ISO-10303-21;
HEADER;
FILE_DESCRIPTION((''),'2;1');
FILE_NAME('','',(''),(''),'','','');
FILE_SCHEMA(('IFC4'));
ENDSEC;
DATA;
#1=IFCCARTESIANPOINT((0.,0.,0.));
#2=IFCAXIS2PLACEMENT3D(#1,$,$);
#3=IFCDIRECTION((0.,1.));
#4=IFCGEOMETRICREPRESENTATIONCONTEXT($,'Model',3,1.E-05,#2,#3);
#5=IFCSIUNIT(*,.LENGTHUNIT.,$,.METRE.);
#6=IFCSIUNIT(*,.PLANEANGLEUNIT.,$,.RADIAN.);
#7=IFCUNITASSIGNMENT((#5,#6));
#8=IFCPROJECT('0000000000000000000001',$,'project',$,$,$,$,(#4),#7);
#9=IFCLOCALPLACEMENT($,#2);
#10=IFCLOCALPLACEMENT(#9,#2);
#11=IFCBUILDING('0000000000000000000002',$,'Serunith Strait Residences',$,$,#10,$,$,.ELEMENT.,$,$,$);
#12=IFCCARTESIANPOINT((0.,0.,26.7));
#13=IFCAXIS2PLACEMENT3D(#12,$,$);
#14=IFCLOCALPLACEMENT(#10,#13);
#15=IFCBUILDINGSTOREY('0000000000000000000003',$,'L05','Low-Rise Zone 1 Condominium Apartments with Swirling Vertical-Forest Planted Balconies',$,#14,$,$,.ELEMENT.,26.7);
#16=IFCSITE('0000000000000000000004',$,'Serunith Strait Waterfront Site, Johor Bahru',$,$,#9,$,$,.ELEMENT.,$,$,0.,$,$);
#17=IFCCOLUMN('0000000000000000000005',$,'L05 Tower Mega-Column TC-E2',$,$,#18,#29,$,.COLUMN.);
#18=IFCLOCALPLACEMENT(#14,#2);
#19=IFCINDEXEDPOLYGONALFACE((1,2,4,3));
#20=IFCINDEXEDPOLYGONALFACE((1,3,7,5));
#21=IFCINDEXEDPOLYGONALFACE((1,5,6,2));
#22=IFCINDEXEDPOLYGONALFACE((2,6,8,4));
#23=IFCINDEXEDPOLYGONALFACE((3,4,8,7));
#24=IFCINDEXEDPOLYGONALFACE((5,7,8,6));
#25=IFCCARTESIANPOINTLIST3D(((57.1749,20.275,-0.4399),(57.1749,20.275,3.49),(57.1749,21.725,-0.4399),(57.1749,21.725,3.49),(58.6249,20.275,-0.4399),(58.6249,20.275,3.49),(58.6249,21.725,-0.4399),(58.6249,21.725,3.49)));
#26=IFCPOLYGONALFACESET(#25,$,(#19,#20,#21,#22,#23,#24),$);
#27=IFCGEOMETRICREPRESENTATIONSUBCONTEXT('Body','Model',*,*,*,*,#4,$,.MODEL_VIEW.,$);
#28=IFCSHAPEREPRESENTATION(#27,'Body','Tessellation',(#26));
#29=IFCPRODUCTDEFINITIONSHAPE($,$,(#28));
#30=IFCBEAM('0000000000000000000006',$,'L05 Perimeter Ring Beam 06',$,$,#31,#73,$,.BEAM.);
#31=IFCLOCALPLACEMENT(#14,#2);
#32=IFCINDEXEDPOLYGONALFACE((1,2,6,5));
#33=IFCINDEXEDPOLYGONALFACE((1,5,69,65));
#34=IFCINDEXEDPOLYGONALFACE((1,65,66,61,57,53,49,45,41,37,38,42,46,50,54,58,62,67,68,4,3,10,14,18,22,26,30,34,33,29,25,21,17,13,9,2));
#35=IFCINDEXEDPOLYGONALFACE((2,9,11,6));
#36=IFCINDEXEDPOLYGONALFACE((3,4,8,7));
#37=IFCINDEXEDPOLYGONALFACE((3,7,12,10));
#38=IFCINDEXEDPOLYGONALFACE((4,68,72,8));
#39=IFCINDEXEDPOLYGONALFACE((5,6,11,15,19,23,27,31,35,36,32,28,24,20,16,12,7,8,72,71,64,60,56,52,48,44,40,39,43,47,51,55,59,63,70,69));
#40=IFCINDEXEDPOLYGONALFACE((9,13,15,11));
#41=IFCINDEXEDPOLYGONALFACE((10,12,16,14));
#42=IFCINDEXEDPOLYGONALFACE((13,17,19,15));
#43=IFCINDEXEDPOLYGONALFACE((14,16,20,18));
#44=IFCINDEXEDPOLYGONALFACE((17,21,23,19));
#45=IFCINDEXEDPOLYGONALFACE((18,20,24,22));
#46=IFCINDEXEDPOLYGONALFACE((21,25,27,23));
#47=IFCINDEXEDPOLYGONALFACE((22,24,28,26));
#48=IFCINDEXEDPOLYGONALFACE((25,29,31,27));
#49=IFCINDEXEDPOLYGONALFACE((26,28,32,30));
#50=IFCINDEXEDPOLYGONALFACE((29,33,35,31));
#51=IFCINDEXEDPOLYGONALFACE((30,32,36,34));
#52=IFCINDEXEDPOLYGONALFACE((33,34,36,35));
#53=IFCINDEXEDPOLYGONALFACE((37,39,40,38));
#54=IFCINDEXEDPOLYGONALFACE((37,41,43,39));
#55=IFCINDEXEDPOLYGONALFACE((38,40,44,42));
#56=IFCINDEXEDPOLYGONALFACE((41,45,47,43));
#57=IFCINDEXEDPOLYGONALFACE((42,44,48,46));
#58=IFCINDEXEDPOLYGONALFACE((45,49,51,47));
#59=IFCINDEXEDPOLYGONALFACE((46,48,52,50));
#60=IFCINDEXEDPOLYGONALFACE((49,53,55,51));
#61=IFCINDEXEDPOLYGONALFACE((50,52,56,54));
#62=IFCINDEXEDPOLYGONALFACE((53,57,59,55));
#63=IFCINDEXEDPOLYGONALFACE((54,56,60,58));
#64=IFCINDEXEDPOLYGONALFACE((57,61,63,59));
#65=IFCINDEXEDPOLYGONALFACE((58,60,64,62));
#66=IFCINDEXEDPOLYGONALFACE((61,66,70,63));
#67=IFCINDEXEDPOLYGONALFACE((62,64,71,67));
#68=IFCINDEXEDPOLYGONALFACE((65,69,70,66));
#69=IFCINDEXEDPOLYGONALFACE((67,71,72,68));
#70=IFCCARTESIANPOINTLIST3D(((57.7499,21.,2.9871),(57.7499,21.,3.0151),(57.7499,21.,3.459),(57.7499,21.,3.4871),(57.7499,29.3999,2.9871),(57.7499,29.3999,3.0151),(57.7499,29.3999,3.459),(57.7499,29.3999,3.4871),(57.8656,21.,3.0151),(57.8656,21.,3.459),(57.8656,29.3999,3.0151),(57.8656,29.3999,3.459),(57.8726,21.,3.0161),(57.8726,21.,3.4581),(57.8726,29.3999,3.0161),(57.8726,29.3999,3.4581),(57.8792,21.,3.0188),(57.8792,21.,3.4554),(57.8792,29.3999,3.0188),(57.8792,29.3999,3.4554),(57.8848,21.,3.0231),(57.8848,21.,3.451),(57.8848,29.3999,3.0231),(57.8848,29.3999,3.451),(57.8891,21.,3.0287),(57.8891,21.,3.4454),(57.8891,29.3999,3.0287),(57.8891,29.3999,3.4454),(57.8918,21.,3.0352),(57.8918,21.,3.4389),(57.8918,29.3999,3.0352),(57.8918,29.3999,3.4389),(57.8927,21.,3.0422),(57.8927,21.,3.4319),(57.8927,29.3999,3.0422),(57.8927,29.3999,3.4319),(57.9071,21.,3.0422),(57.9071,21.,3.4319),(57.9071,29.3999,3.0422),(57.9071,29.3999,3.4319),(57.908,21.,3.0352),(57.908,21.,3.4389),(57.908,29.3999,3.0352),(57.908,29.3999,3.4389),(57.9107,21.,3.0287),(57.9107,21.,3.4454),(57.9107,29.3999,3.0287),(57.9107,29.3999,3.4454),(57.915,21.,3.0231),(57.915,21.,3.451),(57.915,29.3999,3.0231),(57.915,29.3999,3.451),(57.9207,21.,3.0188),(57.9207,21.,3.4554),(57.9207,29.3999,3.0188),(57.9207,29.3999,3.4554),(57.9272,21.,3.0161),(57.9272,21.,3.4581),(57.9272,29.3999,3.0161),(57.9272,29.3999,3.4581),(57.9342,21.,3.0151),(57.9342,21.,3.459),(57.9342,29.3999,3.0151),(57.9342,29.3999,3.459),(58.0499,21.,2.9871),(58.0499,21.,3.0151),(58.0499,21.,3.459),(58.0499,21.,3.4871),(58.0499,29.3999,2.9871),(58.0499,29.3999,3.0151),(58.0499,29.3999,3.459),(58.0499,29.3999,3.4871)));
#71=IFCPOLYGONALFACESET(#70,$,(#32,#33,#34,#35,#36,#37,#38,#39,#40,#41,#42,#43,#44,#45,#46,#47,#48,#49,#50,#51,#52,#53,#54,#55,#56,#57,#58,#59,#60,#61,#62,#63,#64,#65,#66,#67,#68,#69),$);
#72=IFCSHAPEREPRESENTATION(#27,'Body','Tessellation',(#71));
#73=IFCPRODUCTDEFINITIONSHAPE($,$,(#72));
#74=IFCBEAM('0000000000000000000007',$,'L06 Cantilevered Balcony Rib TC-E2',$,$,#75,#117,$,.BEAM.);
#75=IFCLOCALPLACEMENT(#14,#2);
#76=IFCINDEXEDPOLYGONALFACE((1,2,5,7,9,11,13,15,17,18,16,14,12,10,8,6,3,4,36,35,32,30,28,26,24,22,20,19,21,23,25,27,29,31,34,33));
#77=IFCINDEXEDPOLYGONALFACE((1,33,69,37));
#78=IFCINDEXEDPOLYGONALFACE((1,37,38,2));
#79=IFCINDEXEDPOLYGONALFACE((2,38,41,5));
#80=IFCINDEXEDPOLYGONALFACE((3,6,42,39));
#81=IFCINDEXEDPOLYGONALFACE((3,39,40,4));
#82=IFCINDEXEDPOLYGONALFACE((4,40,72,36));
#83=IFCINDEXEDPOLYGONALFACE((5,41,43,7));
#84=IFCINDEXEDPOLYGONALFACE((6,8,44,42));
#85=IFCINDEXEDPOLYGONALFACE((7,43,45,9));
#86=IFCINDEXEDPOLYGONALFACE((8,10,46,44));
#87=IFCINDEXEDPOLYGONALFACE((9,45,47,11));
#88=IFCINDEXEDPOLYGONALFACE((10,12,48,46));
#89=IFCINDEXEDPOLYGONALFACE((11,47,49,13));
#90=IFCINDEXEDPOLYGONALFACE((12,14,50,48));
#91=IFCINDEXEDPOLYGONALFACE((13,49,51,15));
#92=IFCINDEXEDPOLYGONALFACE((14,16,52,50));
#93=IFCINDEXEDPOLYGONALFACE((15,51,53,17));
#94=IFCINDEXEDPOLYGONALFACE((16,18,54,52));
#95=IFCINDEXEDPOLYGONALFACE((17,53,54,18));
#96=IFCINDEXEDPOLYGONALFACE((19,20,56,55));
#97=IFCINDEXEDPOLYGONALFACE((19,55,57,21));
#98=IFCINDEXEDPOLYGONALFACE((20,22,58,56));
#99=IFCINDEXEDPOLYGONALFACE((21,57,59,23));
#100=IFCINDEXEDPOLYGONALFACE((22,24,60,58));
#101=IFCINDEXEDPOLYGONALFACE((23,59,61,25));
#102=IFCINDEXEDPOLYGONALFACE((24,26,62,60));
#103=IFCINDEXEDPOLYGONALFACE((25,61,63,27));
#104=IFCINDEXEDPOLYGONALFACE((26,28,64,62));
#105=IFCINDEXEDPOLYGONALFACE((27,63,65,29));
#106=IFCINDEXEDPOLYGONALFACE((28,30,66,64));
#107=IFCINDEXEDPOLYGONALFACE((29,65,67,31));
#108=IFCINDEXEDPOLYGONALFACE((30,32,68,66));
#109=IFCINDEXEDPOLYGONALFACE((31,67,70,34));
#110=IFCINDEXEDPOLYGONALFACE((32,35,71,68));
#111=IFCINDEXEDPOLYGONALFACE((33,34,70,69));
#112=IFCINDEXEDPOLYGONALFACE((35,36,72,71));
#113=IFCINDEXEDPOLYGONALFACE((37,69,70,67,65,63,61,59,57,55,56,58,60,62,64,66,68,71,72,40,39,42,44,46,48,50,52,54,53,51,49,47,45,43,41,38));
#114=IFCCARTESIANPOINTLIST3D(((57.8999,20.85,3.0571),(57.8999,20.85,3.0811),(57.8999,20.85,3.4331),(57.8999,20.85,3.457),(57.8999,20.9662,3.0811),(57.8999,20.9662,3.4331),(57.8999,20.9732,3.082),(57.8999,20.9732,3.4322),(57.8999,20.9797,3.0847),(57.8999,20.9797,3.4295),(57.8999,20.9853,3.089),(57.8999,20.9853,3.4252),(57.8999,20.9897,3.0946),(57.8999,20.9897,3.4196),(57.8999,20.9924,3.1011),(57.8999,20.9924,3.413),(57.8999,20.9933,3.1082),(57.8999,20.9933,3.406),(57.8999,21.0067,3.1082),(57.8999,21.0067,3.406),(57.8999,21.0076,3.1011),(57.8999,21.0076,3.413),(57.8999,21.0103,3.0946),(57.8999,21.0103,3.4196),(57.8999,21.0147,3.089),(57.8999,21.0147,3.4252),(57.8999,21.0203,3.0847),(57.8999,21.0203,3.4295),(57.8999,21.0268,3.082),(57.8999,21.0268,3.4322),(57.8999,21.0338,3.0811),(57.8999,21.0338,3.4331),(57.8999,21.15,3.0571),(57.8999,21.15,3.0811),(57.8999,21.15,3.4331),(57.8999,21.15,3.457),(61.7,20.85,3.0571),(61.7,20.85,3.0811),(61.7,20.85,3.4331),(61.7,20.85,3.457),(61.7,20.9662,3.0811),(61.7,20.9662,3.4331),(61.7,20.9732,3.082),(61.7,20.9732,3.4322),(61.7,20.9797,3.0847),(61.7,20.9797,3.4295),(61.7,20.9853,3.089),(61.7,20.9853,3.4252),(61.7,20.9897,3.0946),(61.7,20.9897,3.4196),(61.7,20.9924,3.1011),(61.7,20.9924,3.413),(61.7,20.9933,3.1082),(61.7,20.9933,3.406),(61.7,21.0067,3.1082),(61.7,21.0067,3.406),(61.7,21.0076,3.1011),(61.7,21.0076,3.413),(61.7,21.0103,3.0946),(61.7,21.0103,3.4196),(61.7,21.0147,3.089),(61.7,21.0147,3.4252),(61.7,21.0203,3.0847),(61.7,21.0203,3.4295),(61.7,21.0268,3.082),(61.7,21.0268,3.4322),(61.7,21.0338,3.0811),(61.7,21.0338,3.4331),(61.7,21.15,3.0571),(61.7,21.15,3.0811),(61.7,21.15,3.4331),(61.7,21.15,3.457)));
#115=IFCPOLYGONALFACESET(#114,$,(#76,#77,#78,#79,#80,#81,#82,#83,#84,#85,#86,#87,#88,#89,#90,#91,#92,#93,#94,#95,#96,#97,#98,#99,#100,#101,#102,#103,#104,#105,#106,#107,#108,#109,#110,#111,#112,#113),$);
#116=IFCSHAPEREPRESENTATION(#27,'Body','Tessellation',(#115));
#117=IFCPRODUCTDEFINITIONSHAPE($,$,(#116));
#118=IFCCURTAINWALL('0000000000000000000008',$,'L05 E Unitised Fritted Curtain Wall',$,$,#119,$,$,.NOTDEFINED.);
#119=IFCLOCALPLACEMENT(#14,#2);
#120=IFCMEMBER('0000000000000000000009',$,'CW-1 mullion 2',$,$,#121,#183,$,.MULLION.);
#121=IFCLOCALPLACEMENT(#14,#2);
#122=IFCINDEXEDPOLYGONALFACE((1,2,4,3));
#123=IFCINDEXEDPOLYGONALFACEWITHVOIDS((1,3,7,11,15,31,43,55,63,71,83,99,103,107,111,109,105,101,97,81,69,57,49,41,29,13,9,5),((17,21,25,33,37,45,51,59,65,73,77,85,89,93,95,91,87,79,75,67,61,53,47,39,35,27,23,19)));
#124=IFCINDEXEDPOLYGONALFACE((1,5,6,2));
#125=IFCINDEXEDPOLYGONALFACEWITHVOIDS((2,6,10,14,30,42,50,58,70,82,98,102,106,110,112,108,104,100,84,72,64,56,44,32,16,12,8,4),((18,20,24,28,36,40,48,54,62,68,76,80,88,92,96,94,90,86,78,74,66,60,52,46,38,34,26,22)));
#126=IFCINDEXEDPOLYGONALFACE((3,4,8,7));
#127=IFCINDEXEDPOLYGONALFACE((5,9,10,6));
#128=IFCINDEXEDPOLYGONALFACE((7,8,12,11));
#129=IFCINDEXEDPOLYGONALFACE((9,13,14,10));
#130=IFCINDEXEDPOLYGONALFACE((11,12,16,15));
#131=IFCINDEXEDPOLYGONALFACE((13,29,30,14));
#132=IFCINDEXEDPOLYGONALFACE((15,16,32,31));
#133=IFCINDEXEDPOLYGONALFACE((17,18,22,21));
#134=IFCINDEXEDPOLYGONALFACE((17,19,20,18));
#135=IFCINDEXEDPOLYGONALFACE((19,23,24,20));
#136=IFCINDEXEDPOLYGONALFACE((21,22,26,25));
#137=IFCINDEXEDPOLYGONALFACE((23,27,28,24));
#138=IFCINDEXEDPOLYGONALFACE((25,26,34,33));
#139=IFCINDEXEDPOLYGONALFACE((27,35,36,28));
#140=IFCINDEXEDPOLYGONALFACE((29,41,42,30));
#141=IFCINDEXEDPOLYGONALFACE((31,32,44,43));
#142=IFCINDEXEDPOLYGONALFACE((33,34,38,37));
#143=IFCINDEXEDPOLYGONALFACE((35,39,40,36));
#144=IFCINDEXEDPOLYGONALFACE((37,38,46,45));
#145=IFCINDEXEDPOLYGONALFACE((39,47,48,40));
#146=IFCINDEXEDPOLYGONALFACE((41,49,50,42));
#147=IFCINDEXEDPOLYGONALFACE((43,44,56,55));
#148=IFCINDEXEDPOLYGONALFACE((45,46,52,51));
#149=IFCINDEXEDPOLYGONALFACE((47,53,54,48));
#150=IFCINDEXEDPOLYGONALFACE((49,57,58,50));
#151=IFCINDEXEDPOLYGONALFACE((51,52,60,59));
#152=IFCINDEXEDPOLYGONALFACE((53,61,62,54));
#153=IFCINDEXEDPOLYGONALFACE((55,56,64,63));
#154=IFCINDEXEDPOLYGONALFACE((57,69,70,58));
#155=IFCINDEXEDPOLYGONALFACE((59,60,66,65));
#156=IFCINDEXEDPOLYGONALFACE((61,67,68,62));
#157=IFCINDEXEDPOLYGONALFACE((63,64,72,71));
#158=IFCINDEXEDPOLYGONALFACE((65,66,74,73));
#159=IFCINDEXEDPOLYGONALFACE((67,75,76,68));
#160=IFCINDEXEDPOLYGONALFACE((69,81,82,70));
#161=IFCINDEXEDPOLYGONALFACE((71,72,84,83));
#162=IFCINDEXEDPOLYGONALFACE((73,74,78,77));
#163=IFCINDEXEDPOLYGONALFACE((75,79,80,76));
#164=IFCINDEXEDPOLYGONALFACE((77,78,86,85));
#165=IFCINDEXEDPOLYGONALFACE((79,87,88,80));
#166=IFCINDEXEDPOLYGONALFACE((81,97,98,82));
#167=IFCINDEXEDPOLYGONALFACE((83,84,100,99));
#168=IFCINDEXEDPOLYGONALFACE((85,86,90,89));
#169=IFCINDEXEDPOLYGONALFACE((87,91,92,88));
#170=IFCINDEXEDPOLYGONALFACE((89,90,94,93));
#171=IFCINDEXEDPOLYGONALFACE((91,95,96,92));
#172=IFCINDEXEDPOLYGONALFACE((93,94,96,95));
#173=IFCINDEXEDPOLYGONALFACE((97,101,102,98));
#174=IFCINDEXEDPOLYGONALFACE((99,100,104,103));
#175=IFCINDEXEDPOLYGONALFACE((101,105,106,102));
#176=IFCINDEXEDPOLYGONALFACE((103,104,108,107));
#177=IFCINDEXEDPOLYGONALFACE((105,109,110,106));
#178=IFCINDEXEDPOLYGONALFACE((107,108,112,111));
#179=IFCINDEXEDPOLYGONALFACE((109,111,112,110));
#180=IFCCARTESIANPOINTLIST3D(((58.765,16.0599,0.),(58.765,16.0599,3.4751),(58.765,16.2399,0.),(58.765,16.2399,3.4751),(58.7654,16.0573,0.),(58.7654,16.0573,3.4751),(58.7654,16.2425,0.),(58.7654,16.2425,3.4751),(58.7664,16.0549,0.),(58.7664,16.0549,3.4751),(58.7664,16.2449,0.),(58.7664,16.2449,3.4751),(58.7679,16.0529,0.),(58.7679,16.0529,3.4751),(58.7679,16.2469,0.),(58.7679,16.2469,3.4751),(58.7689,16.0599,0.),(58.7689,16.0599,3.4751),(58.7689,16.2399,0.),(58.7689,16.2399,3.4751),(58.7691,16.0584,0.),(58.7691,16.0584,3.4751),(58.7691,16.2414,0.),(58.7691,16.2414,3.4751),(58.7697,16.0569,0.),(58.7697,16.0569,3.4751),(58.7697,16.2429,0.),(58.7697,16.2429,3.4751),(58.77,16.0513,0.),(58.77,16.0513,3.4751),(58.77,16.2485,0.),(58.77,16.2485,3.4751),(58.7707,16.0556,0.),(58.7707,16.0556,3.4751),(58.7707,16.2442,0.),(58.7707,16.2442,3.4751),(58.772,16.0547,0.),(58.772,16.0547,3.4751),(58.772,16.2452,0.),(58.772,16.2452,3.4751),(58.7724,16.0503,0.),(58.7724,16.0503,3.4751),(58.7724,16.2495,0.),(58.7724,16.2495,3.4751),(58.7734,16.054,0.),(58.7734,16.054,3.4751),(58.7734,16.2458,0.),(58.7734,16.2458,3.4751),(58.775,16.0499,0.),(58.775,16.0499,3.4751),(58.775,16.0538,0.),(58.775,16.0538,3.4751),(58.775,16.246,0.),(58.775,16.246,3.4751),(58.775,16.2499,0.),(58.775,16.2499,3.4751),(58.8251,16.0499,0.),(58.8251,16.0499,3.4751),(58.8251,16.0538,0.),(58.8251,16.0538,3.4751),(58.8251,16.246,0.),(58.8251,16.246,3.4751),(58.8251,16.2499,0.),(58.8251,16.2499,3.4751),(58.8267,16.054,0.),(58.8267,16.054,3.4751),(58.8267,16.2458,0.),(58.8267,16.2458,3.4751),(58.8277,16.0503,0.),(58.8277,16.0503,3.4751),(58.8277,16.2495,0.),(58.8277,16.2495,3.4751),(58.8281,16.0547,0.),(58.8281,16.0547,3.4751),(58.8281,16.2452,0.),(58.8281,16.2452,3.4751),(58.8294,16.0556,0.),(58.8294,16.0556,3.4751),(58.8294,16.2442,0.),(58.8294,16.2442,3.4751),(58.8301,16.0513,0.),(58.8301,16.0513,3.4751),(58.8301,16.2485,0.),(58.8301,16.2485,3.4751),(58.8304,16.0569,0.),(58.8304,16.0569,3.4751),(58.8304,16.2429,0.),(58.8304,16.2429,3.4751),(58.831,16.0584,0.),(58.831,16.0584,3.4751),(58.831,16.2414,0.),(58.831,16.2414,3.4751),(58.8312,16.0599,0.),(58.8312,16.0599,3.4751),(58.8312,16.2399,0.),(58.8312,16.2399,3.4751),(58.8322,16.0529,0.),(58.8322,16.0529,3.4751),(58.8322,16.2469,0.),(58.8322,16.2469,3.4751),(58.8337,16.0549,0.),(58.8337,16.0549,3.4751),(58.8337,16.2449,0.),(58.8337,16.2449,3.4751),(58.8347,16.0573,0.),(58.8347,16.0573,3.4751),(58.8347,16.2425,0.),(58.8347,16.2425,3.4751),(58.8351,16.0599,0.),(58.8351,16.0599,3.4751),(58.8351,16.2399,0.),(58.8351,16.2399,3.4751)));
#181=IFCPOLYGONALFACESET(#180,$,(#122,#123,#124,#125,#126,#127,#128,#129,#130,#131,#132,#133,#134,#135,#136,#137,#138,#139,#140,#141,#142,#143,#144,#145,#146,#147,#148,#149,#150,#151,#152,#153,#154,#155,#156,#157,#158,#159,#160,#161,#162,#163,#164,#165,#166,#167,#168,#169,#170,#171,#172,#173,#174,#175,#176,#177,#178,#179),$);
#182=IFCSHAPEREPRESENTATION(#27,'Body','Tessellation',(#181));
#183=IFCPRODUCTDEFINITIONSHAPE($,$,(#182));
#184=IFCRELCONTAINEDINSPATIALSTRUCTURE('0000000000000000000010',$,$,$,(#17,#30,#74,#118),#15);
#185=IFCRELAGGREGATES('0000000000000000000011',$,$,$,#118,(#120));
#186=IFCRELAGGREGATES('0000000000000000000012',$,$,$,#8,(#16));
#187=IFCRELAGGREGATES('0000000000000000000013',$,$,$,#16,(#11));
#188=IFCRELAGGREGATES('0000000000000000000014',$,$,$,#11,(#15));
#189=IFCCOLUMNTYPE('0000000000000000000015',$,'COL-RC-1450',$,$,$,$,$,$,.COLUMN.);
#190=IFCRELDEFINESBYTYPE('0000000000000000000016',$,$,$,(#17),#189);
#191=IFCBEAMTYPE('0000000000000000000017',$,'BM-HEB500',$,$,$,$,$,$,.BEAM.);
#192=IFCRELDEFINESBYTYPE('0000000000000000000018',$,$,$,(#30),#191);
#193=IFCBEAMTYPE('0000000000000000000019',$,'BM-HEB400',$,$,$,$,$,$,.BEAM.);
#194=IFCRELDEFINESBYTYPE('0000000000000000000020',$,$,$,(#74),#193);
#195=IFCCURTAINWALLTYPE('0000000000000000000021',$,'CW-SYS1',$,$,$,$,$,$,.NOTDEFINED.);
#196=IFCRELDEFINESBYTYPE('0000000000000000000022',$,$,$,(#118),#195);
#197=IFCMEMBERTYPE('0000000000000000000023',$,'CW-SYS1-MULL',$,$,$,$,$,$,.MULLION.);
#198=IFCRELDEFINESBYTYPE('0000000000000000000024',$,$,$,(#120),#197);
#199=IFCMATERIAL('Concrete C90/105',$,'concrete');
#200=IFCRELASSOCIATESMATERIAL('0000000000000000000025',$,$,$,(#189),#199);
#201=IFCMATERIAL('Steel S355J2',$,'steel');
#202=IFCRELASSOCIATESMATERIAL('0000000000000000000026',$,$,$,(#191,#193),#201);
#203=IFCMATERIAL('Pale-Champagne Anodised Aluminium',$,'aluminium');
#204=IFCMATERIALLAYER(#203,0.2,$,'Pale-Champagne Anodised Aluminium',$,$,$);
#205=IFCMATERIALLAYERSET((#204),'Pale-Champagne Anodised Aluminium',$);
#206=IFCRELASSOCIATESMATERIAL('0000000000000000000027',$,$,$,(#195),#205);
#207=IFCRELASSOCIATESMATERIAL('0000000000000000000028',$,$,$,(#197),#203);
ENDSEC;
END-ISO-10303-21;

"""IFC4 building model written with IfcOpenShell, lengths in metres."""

from ifc_helpers import new_model, si_unit, direction, frame, origin, origin_2d, place, context, subcontext, project, spatial, rectangle, hollow_rectangle, i_section, extrude, source, transform, mapped, material, layer, layer_set, material_profile, profile_set, type_object, element, aggregate, save


model = new_model("IFC4")

# Units and contexts
model_context = context("Model", 3, precision=1e-05, world=origin(), true_north=direction((0.0, 1.0)))
body_context = subcontext(model_context, "Body", "Model", "MODEL_VIEW")
ifc_project = project(units=[si_unit("LENGTHUNIT", "METRE"), si_unit("PLANEANGLEUNIT", "RADIAN")], contexts=[model_context])

# Site, building, storey
site_placement = place(None, origin())
site = spatial("IfcSite", under=ifc_project, at=site_placement, Name="Serunith Strait Waterfront Site, Johor Bahru", CompositionType="ELEMENT", RefElevation=0.0)
building_placement = place(site_placement, origin())
building = spatial("IfcBuilding", under=site, at=building_placement, Name="Serunith Strait Residences", CompositionType="ELEMENT")
storey_placement = place(building_placement, frame((0.0, 0.0, 26.7)))
storey = spatial("IfcBuildingStorey", under=building, at=storey_placement, Name="L05", Description="Low-Rise Zone 1 Condominium Apartments with Swirling Vertical-Forest Planted Balconies", CompositionType="ELEMENT", Elevation=26.7)

# Column
ifc_material_1 = material(Name="Concrete C90/105", Category="concrete")
ifc_material_profile_1 = material_profile(ifc_material_1, rectangle(XDim=1.45, YDim=1.45, at=origin_2d()), Name="RC 1450x1450")
ifc_profile_set_1 = profile_set([ifc_material_profile_1], Name="Concrete C90/105")
column_type = type_object("IfcColumnType", Name="COL-RC-1450", PredefinedType="COLUMN", material=ifc_profile_set_1)
shared_shape_1 = source(origin(), body_context, "Body", "SweptSolid", [
    extrude(rectangle(XDim=1.45, YDim=1.45, at=origin_2d()), origin(), (0.0, 0.0, 1.0), 3.9299),
])
column_placement = place(storey_placement, frame((57.8999, 21.0, -0.4399), z_axis=(0.0, 0.0, 1.0), x_axis=(1.0, 0.0, 0.0)))
element("IfcColumn", 1, at=column_placement, inside=storey, type_object=column_type, Name="L05 Tower Mega-Column TC-E2", PredefinedType="COLUMN", context=body_context, shape_type="MappedRepresentation", body=[
    mapped(shared_shape_1, transform((0.0, 0.0, 0.0), scale=1.0)),
])

# Beams
ifc_material_2 = material(Name="Steel S355J2", Category="steel")
ifc_material_profile_2 = material_profile(ifc_material_2, i_section(OverallWidth=0.3, OverallDepth=0.5, WebThickness=0.0144, FlangeThickness=0.0281, FilletRadius=0.0271, at=origin_2d()), Name="HEB 500")
ifc_profile_set_2 = profile_set([ifc_material_profile_2], Name="Steel S355J2")
beam_type_1 = type_object("IfcBeamType", Name="BM-HEB500", PredefinedType="BEAM", material=ifc_profile_set_2)
shared_shape_2 = source(origin(), body_context, "Body", "SweptSolid", [
    extrude(i_section(OverallWidth=0.3, OverallDepth=0.5, WebThickness=0.0144, FlangeThickness=0.0281, FilletRadius=0.0271, at=origin_2d()), origin(), (0.0, 0.0, 1.0), 8.3999),
])
beam_1_placement = place(storey_placement, frame((57.8999, 21.0, 3.2371), z_axis=(0.0, 1.0, 0.0), x_axis=(-1.0, 0.0, 0.0)))
element("IfcBeam", 2, at=beam_1_placement, inside=storey, type_object=beam_type_1, Name="L05 Perimeter Ring Beam 06", PredefinedType="BEAM", context=body_context, shape_type="MappedRepresentation", body=[
    mapped(shared_shape_2, transform((0.0, 0.0, 0.0), scale=1.0)),
])
ifc_material_profile_3 = material_profile(ifc_material_2, i_section(OverallWidth=0.3, OverallDepth=0.3999, WebThickness=0.0134, FlangeThickness=0.0239, FilletRadius=0.0271, at=origin_2d()), Name="HEB 400")
ifc_profile_set_3 = profile_set([ifc_material_profile_3], Name="Steel S355J2")
beam_type_2 = type_object("IfcBeamType", Name="BM-HEB400", PredefinedType="BEAM", material=ifc_profile_set_3)
shared_shape_3 = source(origin(), body_context, "Body", "SweptSolid", [
    extrude(i_section(OverallWidth=0.3, OverallDepth=0.3999, WebThickness=0.0134, FlangeThickness=0.0239, FilletRadius=0.0271, at=origin_2d()), origin(), (0.0, 0.0, 1.0), 3.8),
])
beam_2_placement = place(storey_placement, frame((57.8999, 21.0, 3.2571), z_axis=(1.0, 0.0, 0.0), x_axis=(0.0, 1.0, 0.0)))
element("IfcBeam", 3, at=beam_2_placement, inside=storey, type_object=beam_type_2, Name="L06 Cantilevered Balcony Rib TC-E2", PredefinedType="BEAM", context=body_context, shape_type="MappedRepresentation", body=[
    mapped(shared_shape_3, transform((0.0, 0.0, 0.0), scale=1.0)),
])

# Curtain wall, member
ifc_material_3 = material(Name="Pale-Champagne Anodised Aluminium", Category="aluminium")
ifc_layer_1 = layer(ifc_material_3, 0.2, Name="Pale-Champagne Anodised Aluminium")
ifc_layer_set_1 = layer_set([ifc_layer_1], Name="Pale-Champagne Anodised Aluminium")
curtain_wall_type = type_object("IfcCurtainWallType", Name="CW-SYS1", PredefinedType="NOTDEFINED", material=ifc_layer_set_1)
curtain_wall_placement = place(storey_placement, origin())
curtain_wall = element("IfcCurtainWall", 4, at=curtain_wall_placement, inside=storey, type_object=curtain_wall_type, Name="L05 E Unitised Fritted Curtain Wall", PredefinedType="NOTDEFINED")
ifc_material_profile_4 = material_profile(ifc_material_3, hollow_rectangle(XDim=0.0701, YDim=0.2, WallThickness=0.0039, InnerFilletRadius=0.0061, OuterFilletRadius=0.01, at=origin_2d()), Name="ALU 200x70x4")
ifc_profile_set_4 = profile_set([ifc_material_profile_4], Name="Pale-Champagne Anodised Aluminium")
member_type_1 = type_object("IfcMemberType", Name="CW-SYS1-MULL", PredefinedType="MULLION", material=ifc_profile_set_4)
shared_shape_4 = source(origin(), body_context, "Body", "SweptSolid", [
    extrude(hollow_rectangle(XDim=0.0701, YDim=0.2, WallThickness=0.0039, InnerFilletRadius=0.0061, OuterFilletRadius=0.01, at=origin_2d()), origin(), (0.0, 0.0, 1.0), 3.4751),
])
member_1_placement = place(storey_placement, frame((58.8, 16.1499, 0.0), z_axis=(0.0, 0.0, 1.0), x_axis=(-1.0, 0.0, 0.0)))
member_1 = element("IfcMember", 5, at=member_1_placement, type_object=member_type_1, Name="CW-1 mullion 2", PredefinedType="MULLION", context=body_context, shape_type="MappedRepresentation", body=[
    mapped(shared_shape_4, transform((0.0, 0.0, 0.0), scale=1.0)),
])
aggregate(curtain_wall, [member_1])

save(model, "model.ifc")
